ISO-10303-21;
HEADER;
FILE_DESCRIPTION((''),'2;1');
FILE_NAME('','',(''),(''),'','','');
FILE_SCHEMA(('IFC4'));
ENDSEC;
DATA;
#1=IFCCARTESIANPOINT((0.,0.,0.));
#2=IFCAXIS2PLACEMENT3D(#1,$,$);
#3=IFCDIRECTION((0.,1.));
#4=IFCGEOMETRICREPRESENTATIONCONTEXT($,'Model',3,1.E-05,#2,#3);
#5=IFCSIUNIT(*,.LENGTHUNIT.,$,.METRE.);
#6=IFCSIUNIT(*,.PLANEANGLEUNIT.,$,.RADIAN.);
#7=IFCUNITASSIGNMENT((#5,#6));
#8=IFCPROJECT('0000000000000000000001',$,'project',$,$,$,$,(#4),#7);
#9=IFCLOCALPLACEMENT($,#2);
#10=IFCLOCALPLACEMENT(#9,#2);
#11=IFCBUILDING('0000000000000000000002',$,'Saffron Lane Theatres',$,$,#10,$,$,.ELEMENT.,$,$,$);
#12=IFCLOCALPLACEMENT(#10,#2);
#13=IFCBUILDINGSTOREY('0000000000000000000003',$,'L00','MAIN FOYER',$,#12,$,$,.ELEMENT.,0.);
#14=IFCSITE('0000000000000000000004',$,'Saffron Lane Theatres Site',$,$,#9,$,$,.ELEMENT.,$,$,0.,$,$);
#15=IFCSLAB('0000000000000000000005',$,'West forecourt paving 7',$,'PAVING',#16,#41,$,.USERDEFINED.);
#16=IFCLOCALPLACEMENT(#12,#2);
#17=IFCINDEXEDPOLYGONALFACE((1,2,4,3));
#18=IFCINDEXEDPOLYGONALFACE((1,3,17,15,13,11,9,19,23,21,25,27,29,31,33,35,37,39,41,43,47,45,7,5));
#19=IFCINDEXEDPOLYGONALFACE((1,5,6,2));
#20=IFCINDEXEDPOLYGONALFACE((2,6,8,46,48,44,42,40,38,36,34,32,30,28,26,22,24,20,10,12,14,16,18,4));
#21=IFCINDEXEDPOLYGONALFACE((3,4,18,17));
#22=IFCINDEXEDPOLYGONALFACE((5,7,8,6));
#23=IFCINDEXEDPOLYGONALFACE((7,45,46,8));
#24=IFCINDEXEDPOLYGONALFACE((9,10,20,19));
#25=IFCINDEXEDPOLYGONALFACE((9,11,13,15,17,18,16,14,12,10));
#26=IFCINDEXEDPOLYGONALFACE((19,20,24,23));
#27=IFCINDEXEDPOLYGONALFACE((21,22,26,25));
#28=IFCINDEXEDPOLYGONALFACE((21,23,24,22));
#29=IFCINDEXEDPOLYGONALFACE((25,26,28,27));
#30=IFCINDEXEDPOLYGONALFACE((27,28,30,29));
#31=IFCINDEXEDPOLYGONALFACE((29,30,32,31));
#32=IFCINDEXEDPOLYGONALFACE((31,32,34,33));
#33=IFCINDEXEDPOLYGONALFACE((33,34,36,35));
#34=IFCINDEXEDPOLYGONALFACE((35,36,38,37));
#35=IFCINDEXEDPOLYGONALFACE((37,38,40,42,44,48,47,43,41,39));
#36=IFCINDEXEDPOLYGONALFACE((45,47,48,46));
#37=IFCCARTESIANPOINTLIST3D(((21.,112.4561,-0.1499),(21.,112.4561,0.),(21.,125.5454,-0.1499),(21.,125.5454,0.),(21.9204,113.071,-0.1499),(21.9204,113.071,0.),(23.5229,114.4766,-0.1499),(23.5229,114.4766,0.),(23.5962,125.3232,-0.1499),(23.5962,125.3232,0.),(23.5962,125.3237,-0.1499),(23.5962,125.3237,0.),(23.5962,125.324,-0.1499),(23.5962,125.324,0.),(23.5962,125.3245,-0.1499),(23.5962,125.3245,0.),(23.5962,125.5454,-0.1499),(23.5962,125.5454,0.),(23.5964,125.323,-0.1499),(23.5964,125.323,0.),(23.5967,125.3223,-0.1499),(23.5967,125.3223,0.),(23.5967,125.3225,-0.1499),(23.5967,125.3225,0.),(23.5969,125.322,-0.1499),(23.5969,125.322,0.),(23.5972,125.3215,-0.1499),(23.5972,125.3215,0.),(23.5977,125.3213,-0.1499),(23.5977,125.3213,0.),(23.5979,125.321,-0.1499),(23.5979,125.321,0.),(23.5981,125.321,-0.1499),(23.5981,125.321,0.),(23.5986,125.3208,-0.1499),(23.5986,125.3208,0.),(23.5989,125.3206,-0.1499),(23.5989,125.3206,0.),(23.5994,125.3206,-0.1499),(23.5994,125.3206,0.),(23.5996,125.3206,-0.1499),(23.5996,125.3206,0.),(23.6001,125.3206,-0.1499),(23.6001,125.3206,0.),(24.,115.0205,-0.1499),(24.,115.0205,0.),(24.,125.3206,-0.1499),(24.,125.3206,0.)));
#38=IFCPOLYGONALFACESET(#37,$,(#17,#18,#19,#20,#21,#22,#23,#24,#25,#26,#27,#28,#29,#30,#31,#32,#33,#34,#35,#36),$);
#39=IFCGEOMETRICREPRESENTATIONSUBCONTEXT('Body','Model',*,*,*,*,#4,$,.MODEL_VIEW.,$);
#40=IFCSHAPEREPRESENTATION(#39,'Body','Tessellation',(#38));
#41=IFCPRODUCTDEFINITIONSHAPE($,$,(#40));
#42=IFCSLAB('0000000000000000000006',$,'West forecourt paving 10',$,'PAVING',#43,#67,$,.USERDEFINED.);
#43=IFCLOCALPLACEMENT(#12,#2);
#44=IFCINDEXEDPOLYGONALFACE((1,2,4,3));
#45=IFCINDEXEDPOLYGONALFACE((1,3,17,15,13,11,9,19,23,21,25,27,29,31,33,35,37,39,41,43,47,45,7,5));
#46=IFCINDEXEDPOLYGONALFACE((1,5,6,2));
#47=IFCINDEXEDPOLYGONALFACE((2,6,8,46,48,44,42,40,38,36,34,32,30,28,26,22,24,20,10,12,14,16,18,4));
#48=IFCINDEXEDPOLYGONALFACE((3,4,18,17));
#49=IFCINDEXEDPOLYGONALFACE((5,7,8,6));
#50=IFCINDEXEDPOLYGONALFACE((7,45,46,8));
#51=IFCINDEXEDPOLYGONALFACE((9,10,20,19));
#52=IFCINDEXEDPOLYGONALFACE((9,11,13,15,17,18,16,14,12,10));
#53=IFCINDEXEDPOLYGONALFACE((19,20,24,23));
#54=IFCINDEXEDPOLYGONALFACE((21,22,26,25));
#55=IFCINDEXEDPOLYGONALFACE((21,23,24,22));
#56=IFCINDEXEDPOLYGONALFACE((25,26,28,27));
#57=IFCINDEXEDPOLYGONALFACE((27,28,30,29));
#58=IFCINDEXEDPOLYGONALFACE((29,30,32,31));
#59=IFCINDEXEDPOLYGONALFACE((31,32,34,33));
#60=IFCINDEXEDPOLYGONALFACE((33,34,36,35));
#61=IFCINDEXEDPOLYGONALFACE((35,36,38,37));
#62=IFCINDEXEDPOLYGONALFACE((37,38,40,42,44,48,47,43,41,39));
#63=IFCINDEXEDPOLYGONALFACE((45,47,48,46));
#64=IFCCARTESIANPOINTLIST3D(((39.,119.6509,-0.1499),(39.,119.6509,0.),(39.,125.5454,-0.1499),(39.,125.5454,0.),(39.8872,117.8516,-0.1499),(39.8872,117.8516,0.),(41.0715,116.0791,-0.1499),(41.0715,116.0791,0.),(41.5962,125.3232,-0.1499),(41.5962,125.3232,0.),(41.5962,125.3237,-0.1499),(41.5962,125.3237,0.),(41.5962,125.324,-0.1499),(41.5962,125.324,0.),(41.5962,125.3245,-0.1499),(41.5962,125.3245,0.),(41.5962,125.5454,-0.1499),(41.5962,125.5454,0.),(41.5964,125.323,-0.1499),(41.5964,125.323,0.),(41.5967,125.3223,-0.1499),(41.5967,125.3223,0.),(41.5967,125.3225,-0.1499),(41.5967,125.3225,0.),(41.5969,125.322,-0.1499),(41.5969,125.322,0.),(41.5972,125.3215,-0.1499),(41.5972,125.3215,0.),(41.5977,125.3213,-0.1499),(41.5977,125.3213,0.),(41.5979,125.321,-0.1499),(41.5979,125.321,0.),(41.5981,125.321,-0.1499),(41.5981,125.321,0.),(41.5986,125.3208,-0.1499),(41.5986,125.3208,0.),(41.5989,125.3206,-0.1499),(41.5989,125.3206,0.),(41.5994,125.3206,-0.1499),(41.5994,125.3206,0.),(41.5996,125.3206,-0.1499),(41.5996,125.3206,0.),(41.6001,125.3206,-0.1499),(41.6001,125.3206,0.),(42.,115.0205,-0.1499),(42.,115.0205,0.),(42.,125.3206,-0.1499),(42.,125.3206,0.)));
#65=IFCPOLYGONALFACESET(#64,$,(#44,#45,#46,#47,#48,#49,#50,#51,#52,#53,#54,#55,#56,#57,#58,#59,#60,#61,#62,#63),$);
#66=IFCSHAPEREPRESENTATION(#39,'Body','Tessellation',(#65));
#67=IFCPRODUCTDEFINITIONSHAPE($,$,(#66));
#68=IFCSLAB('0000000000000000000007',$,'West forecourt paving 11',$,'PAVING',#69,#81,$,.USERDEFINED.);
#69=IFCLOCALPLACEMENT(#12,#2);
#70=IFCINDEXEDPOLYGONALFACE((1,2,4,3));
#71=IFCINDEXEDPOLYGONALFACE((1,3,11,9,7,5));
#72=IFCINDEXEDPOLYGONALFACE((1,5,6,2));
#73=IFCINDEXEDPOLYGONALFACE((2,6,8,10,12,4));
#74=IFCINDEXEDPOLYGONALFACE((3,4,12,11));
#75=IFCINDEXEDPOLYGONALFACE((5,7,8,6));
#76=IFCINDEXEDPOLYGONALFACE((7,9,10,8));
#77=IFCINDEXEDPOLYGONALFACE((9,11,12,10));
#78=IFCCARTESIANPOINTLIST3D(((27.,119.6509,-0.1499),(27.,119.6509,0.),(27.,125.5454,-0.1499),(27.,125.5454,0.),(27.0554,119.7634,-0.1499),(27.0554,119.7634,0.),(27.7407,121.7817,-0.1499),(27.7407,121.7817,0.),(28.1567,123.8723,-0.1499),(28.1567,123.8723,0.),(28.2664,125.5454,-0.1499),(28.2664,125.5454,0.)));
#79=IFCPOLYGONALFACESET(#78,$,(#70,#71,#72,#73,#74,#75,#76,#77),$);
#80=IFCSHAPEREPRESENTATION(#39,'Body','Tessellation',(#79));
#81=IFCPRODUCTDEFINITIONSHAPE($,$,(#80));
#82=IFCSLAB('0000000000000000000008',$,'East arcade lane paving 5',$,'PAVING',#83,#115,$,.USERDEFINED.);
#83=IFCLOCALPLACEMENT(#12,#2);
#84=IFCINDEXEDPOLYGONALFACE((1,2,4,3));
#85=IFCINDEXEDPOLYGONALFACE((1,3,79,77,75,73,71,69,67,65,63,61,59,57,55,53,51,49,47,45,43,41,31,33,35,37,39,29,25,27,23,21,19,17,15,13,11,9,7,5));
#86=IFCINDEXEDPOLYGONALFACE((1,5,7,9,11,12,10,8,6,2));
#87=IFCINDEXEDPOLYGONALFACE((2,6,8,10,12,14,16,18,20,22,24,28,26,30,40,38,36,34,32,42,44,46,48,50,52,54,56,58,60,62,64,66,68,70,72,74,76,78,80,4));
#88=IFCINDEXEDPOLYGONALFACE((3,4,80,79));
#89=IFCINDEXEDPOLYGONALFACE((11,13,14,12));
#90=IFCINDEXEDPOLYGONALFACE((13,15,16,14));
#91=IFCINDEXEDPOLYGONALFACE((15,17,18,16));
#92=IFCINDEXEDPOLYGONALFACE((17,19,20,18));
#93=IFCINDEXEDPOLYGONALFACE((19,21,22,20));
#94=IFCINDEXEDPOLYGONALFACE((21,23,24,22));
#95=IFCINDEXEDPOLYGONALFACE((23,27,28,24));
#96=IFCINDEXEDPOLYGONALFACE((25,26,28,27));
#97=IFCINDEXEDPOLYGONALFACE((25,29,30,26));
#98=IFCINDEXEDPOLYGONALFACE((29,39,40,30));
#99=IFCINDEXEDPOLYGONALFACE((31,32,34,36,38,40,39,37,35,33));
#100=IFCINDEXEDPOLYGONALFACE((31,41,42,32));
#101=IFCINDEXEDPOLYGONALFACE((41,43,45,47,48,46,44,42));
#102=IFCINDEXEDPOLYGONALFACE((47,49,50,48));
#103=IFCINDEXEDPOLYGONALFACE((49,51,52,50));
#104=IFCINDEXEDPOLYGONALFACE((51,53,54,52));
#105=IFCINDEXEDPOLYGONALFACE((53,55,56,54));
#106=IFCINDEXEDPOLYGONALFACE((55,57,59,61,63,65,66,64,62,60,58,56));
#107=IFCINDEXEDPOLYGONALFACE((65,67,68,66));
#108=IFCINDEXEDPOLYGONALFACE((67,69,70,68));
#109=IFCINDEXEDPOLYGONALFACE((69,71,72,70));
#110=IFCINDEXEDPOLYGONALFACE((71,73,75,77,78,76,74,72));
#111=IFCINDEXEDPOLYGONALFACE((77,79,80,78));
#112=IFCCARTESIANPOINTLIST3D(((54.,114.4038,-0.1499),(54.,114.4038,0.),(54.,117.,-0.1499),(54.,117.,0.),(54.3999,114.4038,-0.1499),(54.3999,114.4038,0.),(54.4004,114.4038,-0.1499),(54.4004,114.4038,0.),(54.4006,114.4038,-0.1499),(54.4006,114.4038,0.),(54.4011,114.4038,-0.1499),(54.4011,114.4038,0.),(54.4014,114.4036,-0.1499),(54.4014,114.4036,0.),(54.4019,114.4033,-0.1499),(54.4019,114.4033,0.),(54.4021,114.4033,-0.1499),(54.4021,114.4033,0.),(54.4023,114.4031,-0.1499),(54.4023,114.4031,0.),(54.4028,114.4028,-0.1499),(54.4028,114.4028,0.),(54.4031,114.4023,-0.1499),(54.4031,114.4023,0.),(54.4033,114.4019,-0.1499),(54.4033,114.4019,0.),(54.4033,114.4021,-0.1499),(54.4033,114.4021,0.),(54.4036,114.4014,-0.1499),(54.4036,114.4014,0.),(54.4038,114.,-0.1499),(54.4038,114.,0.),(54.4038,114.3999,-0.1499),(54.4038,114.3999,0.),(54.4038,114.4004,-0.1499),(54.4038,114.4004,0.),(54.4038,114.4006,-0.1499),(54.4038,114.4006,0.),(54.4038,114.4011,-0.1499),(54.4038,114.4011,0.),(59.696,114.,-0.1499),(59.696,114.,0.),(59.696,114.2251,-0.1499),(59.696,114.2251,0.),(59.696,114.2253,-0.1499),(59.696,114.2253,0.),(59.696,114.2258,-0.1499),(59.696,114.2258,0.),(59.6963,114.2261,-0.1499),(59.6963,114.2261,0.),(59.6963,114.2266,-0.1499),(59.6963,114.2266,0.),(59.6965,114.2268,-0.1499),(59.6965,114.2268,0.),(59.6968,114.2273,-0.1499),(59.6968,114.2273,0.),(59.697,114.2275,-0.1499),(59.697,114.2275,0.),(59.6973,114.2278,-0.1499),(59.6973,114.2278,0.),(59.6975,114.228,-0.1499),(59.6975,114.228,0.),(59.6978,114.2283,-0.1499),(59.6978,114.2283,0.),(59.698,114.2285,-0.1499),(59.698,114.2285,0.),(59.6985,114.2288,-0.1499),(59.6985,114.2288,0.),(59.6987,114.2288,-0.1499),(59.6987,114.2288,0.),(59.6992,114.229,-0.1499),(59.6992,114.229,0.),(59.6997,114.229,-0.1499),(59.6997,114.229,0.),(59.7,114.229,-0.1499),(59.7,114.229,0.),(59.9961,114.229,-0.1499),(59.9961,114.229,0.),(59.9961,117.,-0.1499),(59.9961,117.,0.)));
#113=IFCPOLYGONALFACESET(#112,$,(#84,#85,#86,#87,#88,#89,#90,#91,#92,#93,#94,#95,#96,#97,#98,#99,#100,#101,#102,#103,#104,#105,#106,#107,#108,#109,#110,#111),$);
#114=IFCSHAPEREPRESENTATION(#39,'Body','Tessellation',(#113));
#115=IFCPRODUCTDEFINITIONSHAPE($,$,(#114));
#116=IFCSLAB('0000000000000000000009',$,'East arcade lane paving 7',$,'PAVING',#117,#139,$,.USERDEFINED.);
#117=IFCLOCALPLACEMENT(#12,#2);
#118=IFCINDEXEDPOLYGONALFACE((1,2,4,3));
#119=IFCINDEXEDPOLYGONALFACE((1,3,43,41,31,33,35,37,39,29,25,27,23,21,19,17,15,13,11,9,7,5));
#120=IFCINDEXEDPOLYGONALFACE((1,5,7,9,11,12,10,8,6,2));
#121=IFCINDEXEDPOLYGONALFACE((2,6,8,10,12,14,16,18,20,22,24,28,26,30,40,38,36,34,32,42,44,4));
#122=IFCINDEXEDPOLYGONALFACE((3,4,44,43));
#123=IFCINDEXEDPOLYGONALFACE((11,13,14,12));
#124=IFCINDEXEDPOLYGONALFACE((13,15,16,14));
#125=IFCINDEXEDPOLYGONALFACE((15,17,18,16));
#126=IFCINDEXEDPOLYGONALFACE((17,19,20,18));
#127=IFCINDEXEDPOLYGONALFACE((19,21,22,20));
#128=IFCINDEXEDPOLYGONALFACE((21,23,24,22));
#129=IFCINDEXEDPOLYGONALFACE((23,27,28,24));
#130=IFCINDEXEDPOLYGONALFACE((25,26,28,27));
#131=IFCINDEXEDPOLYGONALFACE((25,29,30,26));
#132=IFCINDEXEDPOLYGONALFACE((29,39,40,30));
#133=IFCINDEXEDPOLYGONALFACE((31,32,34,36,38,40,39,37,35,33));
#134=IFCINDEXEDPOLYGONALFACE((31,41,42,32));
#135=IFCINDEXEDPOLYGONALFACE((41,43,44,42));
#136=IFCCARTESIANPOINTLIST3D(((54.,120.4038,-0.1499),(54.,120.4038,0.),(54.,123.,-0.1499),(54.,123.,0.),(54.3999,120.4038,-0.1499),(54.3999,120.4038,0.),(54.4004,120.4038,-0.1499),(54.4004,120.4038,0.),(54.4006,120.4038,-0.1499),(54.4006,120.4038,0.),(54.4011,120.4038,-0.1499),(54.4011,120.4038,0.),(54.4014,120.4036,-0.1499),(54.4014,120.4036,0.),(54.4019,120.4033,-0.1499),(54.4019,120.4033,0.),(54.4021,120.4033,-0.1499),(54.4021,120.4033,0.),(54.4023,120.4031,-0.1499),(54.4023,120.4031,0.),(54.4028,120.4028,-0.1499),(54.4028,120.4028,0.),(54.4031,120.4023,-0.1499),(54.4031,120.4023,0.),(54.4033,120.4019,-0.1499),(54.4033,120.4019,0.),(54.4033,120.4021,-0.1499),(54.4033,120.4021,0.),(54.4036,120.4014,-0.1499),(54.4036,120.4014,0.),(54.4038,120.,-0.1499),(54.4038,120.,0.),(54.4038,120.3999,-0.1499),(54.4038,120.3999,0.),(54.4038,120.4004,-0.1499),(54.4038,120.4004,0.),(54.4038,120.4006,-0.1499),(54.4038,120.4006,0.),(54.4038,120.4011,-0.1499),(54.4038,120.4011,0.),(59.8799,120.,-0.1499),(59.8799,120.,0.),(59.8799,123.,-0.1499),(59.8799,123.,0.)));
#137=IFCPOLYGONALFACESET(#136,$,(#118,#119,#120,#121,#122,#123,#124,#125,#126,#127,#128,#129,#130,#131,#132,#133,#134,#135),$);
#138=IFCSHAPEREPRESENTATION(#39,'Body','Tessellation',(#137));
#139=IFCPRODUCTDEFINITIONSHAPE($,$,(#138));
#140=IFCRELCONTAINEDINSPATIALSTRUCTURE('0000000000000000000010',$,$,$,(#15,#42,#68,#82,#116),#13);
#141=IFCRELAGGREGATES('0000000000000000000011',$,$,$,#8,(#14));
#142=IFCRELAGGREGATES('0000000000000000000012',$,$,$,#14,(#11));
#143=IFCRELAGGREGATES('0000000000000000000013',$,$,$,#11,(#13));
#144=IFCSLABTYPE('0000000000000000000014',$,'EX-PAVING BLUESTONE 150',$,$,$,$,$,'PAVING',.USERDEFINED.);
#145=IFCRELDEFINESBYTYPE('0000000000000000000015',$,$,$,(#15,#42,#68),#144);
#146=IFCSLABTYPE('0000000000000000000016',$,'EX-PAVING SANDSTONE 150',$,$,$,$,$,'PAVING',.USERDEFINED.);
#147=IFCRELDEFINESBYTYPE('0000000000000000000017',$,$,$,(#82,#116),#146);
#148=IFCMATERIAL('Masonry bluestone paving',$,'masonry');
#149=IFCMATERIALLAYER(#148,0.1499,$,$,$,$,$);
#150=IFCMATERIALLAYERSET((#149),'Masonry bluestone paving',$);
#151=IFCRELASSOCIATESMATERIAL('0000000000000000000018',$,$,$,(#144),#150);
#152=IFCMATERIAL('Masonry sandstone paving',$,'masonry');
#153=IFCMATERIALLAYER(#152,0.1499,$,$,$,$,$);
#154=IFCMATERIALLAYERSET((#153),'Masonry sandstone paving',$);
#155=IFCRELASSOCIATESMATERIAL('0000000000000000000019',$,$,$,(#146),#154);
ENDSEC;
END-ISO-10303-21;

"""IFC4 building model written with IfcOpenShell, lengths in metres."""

from ifc_helpers import new_model, si_unit, direction, frame, origin, place, context, subcontext, project, spatial, polyline, outline, extrude, material, layer, layer_set, type_object, element, save


model = new_model("IFC4")

# Units and contexts
model_context = context("Model", 3, precision=1e-05, world=origin(), true_north=direction((0.0, 1.0)))
body_context = subcontext(model_context, "Body", "Model", "MODEL_VIEW")
ifc_project = project(units=[si_unit("LENGTHUNIT", "METRE"), si_unit("PLANEANGLEUNIT", "RADIAN")], contexts=[model_context])

# Site, building, storey
site_placement = place(None, origin())
site = spatial("IfcSite", under=ifc_project, at=site_placement, Name="Saffron Lane Theatres Site", CompositionType="ELEMENT", RefElevation=0.0)
building_placement = place(site_placement, origin())
building = spatial("IfcBuilding", under=site, at=building_placement, Name="Saffron Lane Theatres", CompositionType="ELEMENT")
storey_placement = place(building_placement, origin())
storey = spatial("IfcBuildingStorey", under=building, at=storey_placement, Name="L00", Description="MAIN FOYER", CompositionType="ELEMENT", Elevation=0.0)

# Slabs
ifc_material_1 = material(Name="Masonry bluestone paving", Category="masonry")
ifc_layer_1 = layer(ifc_material_1, 0.1499)
ifc_layer_set_1 = layer_set([ifc_layer_1], Name="Masonry bluestone paving")
slab_type_1 = type_object("IfcSlabType", Name="EX-PAVING BLUESTONE 150", ElementType="PAVING", PredefinedType="USERDEFINED", material=ifc_layer_set_1)
slab_1_placement = place(storey_placement, frame((0.0, 0.0, -0.1499)))
element("IfcSlab", 1, at=slab_1_placement, inside=storey, type_object=slab_type_1, Name="West forecourt paving 7", ObjectType="PAVING", PredefinedType="USERDEFINED", context=body_context, shape_type="SweptSolid", body=[
    extrude(outline(polyline([(23.5962, 125.5454), (21.0, 125.5454), (21.0, 112.4561), (21.9204, 113.071), (23.5229, 114.4766), (24.0, 115.0205), (24.0, 125.3206), (23.6001, 125.3206), (23.5996, 125.3206), (23.5994, 125.3206), (23.5989, 125.3206), (23.5986, 125.3208), (23.5981, 125.321), (23.5979, 125.321), (23.5977, 125.3213), (23.5972, 125.3215), (23.5969, 125.322), (23.5967, 125.3223), (23.5967, 125.3225), (23.5964, 125.323), (23.5962, 125.3232), (23.5962, 125.3237), (23.5962, 125.324), (23.5962, 125.3245), (23.5962, 125.5454)])), origin(), (0.0, 0.0, 1.0), 0.1499),
])
slab_2_placement = place(storey_placement, frame((0.0, 0.0, -0.1499)))
element("IfcSlab", 2, at=slab_2_placement, inside=storey, type_object=slab_type_1, Name="West forecourt paving 10", ObjectType="PAVING", PredefinedType="USERDEFINED", context=body_context, shape_type="SweptSolid", body=[
    extrude(outline(polyline([(41.0715, 116.0791), (42.0, 115.0205), (42.0, 125.3206), (41.6001, 125.3206), (41.5996, 125.3206), (41.5994, 125.3206), (41.5989, 125.3206), (41.5986, 125.3208), (41.5981, 125.321), (41.5979, 125.321), (41.5977, 125.3213), (41.5972, 125.3215), (41.5969, 125.322), (41.5967, 125.3223), (41.5967, 125.3225), (41.5964, 125.323), (41.5962, 125.3232), (41.5962, 125.3237), (41.5962, 125.324), (41.5962, 125.3245), (41.5962, 125.5454), (39.0, 125.5454), (39.0, 119.6509), (39.8872, 117.8516), (41.0715, 116.0791)])), origin(), (0.0, 0.0, 1.0), 0.1499),
])
slab_3_placement = place(storey_placement, frame((0.0, 0.0, -0.1499)))
element("IfcSlab", 3, at=slab_3_placement, inside=storey, type_object=slab_type_1, Name="West forecourt paving 11", ObjectType="PAVING", PredefinedType="USERDEFINED", context=body_context, shape_type="SweptSolid", body=[
    extrude(outline(polyline([(28.2664, 125.5454), (27.0, 125.5454), (27.0, 119.6509), (27.0554, 119.7634), (27.7407, 121.7817), (28.1567, 123.8723), (28.2664, 125.5454)])), origin(), (0.0, 0.0, 1.0), 0.1499),
])
ifc_material_2 = material(Name="Masonry sandstone paving", Category="masonry")
ifc_layer_2 = layer(ifc_material_2, 0.1499)
ifc_layer_set_2 = layer_set([ifc_layer_2], Name="Masonry sandstone paving")
slab_type_2 = type_object("IfcSlabType", Name="EX-PAVING SANDSTONE 150", ElementType="PAVING", PredefinedType="USERDEFINED", material=ifc_layer_set_2)
slab_4_placement = place(storey_placement, frame((0.0, 0.0, -0.1499)))
element("IfcSlab", 4, at=slab_4_placement, inside=storey, type_object=slab_type_2, Name="East arcade lane paving 5", ObjectType="PAVING", PredefinedType="USERDEFINED", context=body_context, shape_type="SweptSolid", body=[
    extrude(outline(polyline([(54.4038, 114.3999), (54.4038, 114.0), (59.696, 114.0), (59.696, 114.2251), (59.696, 114.2253), (59.696, 114.2258), (59.6963, 114.2261), (59.6963, 114.2266), (59.6965, 114.2268), (59.6968, 114.2273), (59.697, 114.2275), (59.6973, 114.2278), (59.6975, 114.228), (59.6978, 114.2283), (59.698, 114.2285), (59.6985, 114.2288), (59.6987, 114.2288), (59.6992, 114.229), (59.6997, 114.229), (59.7, 114.229), (59.9961, 114.229), (59.9961, 117.0), (54.0, 117.0), (54.0, 114.4038), (54.3999, 114.4038), (54.4004, 114.4038), (54.4006, 114.4038), (54.4011, 114.4038), (54.4014, 114.4036), (54.4019, 114.4033), (54.4021, 114.4033), (54.4023, 114.4031), (54.4028, 114.4028), (54.4031, 114.4023), (54.4033, 114.4021), (54.4033, 114.4019), (54.4036, 114.4014), (54.4038, 114.4011), (54.4038, 114.4006), (54.4038, 114.4004), (54.4038, 114.3999)])), origin(), (0.0, 0.0, 1.0), 0.1499),
])
slab_5_placement = place(storey_placement, frame((0.0, 0.0, -0.1499)))
element("IfcSlab", 5, at=slab_5_placement, inside=storey, type_object=slab_type_2, Name="East arcade lane paving 7", ObjectType="PAVING", PredefinedType="USERDEFINED", context=body_context, shape_type="SweptSolid", body=[
    extrude(outline(polyline([(54.4038, 120.3999), (54.4038, 120.0), (59.8799, 120.0), (59.8799, 123.0), (54.0, 123.0), (54.0, 120.4038), (54.3999, 120.4038), (54.4004, 120.4038), (54.4006, 120.4038), (54.4011, 120.4038), (54.4014, 120.4036), (54.4019, 120.4033), (54.4021, 120.4033), (54.4023, 120.4031), (54.4028, 120.4028), (54.4031, 120.4023), (54.4033, 120.4021), (54.4033, 120.4019), (54.4036, 120.4014), (54.4038, 120.4011), (54.4038, 120.4006), (54.4038, 120.4004), (54.4038, 120.3999)])), origin(), (0.0, 0.0, 1.0), 0.1499),
])

save(model, "model.ifc")
